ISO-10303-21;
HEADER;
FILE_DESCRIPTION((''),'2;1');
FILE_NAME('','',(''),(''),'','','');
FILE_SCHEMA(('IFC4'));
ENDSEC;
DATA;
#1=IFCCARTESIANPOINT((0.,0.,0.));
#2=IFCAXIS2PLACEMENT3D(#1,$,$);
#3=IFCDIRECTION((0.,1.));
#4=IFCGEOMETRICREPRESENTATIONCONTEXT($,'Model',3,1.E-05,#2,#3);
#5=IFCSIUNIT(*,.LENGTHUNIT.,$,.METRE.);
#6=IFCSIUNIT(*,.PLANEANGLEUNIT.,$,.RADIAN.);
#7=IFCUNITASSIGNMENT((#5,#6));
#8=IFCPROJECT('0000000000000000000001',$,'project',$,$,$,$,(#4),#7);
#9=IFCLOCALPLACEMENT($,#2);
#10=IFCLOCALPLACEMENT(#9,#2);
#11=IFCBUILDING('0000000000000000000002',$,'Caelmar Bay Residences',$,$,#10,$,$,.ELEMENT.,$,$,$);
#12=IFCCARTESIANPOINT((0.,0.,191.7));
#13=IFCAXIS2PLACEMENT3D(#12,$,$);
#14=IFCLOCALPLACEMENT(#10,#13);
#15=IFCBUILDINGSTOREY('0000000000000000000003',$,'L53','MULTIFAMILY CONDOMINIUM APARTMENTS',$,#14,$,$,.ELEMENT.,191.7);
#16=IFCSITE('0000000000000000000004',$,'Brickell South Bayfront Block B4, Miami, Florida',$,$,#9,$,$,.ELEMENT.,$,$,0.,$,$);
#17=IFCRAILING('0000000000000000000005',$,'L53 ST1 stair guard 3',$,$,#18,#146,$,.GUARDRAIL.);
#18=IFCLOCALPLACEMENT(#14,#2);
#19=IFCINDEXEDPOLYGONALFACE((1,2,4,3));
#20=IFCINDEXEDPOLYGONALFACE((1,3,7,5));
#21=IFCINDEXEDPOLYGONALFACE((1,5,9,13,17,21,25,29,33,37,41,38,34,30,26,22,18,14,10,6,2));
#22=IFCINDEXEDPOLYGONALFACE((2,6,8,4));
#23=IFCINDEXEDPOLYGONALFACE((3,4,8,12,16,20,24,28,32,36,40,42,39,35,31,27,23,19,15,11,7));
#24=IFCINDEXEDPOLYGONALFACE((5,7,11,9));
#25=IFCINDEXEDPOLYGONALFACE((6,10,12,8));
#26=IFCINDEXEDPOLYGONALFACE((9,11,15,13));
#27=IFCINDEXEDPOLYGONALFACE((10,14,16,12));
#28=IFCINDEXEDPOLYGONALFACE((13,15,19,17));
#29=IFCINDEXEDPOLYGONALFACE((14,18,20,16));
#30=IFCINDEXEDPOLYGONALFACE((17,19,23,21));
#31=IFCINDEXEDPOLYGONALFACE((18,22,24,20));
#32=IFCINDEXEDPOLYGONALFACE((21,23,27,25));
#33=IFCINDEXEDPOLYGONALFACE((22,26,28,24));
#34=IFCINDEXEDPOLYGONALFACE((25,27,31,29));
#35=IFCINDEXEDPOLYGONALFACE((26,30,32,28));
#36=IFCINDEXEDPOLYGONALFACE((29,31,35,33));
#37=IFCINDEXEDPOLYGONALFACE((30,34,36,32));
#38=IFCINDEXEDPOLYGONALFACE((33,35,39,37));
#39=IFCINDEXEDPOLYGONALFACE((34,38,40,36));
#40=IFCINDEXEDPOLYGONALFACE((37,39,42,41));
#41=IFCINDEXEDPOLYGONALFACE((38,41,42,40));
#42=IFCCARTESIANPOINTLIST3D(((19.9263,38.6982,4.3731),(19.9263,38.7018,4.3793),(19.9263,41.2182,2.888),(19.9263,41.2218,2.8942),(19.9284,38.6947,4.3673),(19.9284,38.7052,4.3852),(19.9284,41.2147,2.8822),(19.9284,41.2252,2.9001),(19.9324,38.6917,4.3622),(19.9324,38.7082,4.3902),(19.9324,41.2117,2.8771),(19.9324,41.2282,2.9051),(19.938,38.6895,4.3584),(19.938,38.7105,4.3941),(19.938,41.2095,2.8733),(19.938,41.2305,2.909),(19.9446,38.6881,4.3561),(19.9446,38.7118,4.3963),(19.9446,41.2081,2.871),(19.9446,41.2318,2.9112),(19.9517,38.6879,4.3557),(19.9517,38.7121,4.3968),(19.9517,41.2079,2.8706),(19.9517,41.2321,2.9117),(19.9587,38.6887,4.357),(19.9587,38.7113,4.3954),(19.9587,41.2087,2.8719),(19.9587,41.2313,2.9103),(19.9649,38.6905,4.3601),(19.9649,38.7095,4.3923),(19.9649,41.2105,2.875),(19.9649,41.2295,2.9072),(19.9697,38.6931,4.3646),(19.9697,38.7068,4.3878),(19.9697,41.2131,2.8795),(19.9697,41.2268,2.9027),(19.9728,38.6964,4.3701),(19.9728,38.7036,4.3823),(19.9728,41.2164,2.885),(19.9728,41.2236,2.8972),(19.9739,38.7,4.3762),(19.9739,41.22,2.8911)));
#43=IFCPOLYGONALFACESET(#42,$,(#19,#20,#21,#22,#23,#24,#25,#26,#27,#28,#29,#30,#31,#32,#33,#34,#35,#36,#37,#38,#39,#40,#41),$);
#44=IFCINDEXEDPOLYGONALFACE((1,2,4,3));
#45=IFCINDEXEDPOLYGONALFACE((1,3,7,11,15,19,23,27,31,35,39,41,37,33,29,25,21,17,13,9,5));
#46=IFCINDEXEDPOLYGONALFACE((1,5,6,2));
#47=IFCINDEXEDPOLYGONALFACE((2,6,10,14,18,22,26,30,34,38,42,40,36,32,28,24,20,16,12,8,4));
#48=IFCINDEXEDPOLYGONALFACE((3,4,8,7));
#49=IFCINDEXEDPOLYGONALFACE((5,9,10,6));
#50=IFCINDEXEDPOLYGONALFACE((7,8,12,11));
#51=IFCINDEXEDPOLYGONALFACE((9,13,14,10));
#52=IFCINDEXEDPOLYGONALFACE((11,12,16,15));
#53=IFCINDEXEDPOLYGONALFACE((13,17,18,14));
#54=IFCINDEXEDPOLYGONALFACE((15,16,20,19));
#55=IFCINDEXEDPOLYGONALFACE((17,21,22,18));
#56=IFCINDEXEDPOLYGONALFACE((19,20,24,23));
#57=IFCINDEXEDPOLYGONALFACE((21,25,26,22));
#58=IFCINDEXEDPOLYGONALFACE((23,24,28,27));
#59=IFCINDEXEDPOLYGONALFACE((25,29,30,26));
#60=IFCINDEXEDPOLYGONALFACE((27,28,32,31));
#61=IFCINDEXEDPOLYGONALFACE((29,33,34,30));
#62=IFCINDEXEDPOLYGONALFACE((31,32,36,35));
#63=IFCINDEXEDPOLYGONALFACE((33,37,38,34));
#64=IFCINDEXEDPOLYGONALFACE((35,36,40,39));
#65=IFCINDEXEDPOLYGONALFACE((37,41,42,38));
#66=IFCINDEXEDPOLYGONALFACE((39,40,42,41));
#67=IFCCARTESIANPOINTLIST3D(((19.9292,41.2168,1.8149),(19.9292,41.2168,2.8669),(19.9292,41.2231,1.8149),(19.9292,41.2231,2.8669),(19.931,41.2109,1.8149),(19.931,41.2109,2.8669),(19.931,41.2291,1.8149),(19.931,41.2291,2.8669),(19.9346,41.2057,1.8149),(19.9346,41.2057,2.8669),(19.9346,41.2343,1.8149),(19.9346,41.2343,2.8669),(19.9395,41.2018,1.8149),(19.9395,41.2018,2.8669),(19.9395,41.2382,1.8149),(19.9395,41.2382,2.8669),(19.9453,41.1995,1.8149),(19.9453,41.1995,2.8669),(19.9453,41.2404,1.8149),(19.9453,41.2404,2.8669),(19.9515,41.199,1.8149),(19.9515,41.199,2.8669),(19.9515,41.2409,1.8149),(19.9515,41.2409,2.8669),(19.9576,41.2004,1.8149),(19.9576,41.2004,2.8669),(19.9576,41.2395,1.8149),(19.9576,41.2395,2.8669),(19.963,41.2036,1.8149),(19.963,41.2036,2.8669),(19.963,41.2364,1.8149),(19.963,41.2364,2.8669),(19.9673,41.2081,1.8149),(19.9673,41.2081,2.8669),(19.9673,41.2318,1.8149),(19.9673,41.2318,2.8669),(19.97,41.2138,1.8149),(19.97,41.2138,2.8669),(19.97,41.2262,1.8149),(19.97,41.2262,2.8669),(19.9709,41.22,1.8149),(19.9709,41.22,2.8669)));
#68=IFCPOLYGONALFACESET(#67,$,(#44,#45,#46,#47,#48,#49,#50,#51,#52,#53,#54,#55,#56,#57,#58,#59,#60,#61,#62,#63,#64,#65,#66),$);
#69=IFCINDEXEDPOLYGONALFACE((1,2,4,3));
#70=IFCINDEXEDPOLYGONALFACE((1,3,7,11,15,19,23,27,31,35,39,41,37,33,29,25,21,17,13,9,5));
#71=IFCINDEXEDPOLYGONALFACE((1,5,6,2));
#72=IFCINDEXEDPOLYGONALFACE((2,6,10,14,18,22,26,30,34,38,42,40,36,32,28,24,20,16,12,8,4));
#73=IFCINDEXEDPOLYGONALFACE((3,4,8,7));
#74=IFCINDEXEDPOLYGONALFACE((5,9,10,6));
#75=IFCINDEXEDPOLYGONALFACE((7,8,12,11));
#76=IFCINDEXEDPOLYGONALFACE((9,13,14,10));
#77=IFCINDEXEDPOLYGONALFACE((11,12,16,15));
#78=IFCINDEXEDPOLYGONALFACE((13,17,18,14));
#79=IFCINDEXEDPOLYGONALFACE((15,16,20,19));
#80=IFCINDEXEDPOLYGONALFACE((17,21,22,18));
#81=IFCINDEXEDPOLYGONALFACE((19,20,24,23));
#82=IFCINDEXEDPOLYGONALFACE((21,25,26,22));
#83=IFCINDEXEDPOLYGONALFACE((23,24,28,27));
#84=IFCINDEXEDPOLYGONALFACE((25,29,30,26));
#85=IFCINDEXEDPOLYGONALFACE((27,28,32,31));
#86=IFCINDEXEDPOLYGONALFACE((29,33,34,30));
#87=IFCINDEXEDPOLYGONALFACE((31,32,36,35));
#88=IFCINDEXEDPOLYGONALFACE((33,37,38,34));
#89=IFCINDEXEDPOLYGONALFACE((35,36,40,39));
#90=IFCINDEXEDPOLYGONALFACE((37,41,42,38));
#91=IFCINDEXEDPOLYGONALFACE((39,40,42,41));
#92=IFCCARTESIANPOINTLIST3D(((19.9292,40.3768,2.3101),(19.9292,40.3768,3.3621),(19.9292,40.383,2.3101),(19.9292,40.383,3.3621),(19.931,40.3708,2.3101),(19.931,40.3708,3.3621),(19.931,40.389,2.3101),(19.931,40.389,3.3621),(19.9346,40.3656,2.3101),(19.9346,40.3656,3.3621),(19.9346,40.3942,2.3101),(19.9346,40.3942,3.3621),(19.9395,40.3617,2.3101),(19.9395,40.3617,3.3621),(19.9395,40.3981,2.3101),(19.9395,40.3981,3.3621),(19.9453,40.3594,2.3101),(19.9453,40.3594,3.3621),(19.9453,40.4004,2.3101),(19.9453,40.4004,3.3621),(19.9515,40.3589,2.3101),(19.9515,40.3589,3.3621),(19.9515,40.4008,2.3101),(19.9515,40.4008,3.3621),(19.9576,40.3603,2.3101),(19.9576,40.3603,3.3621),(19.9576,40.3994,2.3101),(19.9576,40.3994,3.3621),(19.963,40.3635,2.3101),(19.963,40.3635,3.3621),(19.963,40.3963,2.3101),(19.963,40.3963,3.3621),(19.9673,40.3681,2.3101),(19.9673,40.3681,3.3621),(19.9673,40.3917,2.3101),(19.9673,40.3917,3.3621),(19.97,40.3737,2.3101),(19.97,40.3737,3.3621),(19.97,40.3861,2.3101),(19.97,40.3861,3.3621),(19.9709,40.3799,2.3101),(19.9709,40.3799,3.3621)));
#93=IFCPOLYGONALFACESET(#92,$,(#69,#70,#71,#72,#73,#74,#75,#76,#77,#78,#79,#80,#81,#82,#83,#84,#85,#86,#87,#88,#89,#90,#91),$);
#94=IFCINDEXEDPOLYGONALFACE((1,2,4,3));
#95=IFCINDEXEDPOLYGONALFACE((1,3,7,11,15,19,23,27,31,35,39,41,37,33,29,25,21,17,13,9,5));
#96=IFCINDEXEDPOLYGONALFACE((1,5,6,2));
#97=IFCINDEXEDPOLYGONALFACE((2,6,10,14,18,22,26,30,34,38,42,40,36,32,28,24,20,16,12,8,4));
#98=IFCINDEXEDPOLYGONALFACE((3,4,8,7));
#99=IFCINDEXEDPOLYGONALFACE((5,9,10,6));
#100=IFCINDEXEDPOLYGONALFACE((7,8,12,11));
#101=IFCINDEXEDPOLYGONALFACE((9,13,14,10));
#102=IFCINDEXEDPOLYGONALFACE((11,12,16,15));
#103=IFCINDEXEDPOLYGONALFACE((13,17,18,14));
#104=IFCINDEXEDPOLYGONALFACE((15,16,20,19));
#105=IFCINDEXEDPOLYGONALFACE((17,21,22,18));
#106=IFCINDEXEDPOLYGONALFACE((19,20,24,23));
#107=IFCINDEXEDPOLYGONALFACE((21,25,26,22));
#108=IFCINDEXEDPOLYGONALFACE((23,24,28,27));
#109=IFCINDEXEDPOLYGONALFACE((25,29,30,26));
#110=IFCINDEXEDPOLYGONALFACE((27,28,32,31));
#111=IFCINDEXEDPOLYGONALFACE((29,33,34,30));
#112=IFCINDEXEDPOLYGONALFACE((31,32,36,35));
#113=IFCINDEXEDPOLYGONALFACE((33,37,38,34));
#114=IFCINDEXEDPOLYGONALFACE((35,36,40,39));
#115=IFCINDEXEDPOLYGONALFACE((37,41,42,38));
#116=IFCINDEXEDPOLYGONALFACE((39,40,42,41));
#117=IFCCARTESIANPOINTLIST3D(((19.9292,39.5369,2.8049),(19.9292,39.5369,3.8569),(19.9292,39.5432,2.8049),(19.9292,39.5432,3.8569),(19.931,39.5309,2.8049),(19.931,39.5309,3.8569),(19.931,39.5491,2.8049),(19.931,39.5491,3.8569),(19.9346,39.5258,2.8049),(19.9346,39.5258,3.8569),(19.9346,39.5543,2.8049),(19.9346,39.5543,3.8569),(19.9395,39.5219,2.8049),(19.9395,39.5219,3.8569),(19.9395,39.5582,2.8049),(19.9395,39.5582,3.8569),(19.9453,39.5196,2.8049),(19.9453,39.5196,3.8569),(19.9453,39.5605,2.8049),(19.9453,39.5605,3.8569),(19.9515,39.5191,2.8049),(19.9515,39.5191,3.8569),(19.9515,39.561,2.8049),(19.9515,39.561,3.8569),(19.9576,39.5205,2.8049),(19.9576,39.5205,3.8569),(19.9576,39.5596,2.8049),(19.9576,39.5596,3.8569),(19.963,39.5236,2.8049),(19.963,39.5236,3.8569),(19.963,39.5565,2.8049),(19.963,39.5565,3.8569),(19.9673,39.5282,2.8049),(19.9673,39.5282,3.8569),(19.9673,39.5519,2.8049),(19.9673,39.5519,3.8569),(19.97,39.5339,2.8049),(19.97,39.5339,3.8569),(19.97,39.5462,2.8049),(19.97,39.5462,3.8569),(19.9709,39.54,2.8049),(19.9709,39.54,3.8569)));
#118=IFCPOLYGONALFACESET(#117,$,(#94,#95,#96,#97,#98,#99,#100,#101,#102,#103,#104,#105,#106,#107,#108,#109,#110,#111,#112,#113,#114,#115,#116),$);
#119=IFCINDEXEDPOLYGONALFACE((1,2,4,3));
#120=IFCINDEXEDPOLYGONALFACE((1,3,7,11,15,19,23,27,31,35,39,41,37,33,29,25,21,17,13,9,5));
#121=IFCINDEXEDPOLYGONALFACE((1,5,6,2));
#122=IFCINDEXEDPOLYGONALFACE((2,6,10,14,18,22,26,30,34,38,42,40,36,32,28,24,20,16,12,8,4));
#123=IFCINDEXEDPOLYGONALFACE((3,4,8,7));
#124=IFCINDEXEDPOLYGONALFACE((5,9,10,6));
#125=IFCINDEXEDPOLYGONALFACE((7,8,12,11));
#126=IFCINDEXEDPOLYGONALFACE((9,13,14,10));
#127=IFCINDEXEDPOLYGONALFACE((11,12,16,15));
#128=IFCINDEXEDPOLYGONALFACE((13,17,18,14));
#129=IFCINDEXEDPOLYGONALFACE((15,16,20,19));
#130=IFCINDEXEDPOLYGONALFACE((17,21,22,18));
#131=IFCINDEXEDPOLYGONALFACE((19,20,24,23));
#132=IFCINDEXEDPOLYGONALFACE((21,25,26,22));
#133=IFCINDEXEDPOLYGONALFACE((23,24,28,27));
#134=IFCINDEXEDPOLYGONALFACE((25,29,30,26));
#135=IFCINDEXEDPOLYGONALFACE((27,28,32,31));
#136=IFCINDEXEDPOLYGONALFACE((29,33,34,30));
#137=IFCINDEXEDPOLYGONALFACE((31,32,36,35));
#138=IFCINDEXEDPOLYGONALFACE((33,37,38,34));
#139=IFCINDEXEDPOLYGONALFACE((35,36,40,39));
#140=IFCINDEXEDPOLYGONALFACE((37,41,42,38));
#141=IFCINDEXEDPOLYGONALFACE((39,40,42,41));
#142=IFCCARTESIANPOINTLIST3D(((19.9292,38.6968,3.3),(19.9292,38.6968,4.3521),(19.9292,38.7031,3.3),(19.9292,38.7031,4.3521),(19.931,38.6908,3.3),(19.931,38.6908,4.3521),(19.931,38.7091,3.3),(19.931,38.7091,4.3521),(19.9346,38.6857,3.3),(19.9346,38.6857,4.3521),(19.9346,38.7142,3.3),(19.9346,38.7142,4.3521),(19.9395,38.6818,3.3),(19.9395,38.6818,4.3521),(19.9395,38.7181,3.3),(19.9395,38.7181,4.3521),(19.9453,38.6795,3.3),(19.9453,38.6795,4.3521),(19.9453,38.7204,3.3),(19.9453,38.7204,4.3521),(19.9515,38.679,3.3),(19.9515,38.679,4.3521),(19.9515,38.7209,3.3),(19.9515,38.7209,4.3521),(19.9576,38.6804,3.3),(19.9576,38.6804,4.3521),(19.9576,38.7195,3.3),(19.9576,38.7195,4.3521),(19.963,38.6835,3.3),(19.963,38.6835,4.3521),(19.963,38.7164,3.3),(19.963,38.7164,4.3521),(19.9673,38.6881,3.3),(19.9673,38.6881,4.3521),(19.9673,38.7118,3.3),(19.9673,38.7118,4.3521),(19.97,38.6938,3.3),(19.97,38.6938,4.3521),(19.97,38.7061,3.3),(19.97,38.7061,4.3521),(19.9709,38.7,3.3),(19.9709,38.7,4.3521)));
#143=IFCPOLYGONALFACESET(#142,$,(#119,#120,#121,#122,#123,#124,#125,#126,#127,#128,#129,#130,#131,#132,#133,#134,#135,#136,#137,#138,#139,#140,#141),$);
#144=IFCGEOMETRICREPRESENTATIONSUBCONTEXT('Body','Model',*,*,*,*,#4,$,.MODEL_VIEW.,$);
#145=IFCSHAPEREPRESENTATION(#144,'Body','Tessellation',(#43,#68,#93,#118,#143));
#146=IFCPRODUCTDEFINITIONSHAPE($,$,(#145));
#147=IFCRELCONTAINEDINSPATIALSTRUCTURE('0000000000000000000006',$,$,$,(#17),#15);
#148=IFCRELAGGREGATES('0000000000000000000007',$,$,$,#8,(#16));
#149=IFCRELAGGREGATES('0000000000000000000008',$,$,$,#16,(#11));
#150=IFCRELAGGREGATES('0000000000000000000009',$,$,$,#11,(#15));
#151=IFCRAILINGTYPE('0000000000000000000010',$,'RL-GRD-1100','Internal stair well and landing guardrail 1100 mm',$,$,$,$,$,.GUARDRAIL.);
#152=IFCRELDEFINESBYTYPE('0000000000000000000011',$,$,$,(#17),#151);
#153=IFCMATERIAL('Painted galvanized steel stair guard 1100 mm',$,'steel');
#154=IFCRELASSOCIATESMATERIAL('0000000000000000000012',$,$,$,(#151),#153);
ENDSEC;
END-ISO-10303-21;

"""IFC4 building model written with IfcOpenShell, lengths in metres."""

from ifc_helpers import new_model, si_unit, direction, frame, origin, origin_2d, place, context, subcontext, project, spatial, circle, extrude, material, type_object, element, save


model = new_model("IFC4")

# Units and contexts
model_context = context("Model", 3, precision=1e-05, world=origin(), true_north=direction((0.0, 1.0)))
body_context = subcontext(model_context, "Body", "Model", "MODEL_VIEW")
ifc_project = project(units=[si_unit("LENGTHUNIT", "METRE"), si_unit("PLANEANGLEUNIT", "RADIAN")], contexts=[model_context])

# Site, building, storey
site_placement = place(None, origin())
site = spatial("IfcSite", under=ifc_project, at=site_placement, Name="Brickell South Bayfront Block B4, Miami, Florida", CompositionType="ELEMENT", RefElevation=0.0)
building_placement = place(site_placement, origin())
building = spatial("IfcBuilding", under=site, at=building_placement, Name="Caelmar Bay Residences", CompositionType="ELEMENT")
storey_placement = place(building_placement, frame((0.0, 0.0, 191.7)))
storey = spatial("IfcBuildingStorey", under=building, at=storey_placement, Name="L53", Description="MULTIFAMILY CONDOMINIUM APARTMENTS", CompositionType="ELEMENT", Elevation=191.7)

# Railing
ifc_material_1 = material(Name="Painted galvanized steel stair guard 1100 mm", Category="steel")
railing_type_1 = type_object("IfcRailingType", Name="RL-GRD-1100", Description="Internal stair well and landing guardrail 1100 mm", PredefinedType="GUARDRAIL", material=ifc_material_1)
railing_1_placement = place(storey_placement, frame((19.95, 41.22, 1.8149)))
element("IfcRailing", 1, at=railing_1_placement, inside=storey, type_object=railing_type_1, Name="L53 ST1 stair guard 3", PredefinedType="GUARDRAIL", context=body_context, shape_type="SweptSolid", body=[
    extrude(circle(Radius=0.0239, at=origin_2d()), frame((0.0, 0.0, 1.0762), z_axis=(0.0, -0.861524, 0.507717), x_axis=(1.0, 0.0, 0.0)), (0.0, 0.0, 1.0), 2.925),
    extrude(circle(Radius=0.021, at=origin_2d()), origin(), (0.0, 0.0, 1.0), 1.052),
    extrude(circle(Radius=0.021, at=origin_2d()), frame((0.0, -0.8401, 0.4951)), (0.0, 0.0, 1.0), 1.052),
    extrude(circle(Radius=0.021, at=origin_2d()), frame((0.0, -1.6799, 0.99)), (0.0, 0.0, 1.0), 1.052),
    extrude(circle(Radius=0.021, at=origin_2d()), frame((0.0, -2.52, 1.4851)), (0.0, 0.0, 1.0), 1.052),
])

save(model, "model.ifc")
